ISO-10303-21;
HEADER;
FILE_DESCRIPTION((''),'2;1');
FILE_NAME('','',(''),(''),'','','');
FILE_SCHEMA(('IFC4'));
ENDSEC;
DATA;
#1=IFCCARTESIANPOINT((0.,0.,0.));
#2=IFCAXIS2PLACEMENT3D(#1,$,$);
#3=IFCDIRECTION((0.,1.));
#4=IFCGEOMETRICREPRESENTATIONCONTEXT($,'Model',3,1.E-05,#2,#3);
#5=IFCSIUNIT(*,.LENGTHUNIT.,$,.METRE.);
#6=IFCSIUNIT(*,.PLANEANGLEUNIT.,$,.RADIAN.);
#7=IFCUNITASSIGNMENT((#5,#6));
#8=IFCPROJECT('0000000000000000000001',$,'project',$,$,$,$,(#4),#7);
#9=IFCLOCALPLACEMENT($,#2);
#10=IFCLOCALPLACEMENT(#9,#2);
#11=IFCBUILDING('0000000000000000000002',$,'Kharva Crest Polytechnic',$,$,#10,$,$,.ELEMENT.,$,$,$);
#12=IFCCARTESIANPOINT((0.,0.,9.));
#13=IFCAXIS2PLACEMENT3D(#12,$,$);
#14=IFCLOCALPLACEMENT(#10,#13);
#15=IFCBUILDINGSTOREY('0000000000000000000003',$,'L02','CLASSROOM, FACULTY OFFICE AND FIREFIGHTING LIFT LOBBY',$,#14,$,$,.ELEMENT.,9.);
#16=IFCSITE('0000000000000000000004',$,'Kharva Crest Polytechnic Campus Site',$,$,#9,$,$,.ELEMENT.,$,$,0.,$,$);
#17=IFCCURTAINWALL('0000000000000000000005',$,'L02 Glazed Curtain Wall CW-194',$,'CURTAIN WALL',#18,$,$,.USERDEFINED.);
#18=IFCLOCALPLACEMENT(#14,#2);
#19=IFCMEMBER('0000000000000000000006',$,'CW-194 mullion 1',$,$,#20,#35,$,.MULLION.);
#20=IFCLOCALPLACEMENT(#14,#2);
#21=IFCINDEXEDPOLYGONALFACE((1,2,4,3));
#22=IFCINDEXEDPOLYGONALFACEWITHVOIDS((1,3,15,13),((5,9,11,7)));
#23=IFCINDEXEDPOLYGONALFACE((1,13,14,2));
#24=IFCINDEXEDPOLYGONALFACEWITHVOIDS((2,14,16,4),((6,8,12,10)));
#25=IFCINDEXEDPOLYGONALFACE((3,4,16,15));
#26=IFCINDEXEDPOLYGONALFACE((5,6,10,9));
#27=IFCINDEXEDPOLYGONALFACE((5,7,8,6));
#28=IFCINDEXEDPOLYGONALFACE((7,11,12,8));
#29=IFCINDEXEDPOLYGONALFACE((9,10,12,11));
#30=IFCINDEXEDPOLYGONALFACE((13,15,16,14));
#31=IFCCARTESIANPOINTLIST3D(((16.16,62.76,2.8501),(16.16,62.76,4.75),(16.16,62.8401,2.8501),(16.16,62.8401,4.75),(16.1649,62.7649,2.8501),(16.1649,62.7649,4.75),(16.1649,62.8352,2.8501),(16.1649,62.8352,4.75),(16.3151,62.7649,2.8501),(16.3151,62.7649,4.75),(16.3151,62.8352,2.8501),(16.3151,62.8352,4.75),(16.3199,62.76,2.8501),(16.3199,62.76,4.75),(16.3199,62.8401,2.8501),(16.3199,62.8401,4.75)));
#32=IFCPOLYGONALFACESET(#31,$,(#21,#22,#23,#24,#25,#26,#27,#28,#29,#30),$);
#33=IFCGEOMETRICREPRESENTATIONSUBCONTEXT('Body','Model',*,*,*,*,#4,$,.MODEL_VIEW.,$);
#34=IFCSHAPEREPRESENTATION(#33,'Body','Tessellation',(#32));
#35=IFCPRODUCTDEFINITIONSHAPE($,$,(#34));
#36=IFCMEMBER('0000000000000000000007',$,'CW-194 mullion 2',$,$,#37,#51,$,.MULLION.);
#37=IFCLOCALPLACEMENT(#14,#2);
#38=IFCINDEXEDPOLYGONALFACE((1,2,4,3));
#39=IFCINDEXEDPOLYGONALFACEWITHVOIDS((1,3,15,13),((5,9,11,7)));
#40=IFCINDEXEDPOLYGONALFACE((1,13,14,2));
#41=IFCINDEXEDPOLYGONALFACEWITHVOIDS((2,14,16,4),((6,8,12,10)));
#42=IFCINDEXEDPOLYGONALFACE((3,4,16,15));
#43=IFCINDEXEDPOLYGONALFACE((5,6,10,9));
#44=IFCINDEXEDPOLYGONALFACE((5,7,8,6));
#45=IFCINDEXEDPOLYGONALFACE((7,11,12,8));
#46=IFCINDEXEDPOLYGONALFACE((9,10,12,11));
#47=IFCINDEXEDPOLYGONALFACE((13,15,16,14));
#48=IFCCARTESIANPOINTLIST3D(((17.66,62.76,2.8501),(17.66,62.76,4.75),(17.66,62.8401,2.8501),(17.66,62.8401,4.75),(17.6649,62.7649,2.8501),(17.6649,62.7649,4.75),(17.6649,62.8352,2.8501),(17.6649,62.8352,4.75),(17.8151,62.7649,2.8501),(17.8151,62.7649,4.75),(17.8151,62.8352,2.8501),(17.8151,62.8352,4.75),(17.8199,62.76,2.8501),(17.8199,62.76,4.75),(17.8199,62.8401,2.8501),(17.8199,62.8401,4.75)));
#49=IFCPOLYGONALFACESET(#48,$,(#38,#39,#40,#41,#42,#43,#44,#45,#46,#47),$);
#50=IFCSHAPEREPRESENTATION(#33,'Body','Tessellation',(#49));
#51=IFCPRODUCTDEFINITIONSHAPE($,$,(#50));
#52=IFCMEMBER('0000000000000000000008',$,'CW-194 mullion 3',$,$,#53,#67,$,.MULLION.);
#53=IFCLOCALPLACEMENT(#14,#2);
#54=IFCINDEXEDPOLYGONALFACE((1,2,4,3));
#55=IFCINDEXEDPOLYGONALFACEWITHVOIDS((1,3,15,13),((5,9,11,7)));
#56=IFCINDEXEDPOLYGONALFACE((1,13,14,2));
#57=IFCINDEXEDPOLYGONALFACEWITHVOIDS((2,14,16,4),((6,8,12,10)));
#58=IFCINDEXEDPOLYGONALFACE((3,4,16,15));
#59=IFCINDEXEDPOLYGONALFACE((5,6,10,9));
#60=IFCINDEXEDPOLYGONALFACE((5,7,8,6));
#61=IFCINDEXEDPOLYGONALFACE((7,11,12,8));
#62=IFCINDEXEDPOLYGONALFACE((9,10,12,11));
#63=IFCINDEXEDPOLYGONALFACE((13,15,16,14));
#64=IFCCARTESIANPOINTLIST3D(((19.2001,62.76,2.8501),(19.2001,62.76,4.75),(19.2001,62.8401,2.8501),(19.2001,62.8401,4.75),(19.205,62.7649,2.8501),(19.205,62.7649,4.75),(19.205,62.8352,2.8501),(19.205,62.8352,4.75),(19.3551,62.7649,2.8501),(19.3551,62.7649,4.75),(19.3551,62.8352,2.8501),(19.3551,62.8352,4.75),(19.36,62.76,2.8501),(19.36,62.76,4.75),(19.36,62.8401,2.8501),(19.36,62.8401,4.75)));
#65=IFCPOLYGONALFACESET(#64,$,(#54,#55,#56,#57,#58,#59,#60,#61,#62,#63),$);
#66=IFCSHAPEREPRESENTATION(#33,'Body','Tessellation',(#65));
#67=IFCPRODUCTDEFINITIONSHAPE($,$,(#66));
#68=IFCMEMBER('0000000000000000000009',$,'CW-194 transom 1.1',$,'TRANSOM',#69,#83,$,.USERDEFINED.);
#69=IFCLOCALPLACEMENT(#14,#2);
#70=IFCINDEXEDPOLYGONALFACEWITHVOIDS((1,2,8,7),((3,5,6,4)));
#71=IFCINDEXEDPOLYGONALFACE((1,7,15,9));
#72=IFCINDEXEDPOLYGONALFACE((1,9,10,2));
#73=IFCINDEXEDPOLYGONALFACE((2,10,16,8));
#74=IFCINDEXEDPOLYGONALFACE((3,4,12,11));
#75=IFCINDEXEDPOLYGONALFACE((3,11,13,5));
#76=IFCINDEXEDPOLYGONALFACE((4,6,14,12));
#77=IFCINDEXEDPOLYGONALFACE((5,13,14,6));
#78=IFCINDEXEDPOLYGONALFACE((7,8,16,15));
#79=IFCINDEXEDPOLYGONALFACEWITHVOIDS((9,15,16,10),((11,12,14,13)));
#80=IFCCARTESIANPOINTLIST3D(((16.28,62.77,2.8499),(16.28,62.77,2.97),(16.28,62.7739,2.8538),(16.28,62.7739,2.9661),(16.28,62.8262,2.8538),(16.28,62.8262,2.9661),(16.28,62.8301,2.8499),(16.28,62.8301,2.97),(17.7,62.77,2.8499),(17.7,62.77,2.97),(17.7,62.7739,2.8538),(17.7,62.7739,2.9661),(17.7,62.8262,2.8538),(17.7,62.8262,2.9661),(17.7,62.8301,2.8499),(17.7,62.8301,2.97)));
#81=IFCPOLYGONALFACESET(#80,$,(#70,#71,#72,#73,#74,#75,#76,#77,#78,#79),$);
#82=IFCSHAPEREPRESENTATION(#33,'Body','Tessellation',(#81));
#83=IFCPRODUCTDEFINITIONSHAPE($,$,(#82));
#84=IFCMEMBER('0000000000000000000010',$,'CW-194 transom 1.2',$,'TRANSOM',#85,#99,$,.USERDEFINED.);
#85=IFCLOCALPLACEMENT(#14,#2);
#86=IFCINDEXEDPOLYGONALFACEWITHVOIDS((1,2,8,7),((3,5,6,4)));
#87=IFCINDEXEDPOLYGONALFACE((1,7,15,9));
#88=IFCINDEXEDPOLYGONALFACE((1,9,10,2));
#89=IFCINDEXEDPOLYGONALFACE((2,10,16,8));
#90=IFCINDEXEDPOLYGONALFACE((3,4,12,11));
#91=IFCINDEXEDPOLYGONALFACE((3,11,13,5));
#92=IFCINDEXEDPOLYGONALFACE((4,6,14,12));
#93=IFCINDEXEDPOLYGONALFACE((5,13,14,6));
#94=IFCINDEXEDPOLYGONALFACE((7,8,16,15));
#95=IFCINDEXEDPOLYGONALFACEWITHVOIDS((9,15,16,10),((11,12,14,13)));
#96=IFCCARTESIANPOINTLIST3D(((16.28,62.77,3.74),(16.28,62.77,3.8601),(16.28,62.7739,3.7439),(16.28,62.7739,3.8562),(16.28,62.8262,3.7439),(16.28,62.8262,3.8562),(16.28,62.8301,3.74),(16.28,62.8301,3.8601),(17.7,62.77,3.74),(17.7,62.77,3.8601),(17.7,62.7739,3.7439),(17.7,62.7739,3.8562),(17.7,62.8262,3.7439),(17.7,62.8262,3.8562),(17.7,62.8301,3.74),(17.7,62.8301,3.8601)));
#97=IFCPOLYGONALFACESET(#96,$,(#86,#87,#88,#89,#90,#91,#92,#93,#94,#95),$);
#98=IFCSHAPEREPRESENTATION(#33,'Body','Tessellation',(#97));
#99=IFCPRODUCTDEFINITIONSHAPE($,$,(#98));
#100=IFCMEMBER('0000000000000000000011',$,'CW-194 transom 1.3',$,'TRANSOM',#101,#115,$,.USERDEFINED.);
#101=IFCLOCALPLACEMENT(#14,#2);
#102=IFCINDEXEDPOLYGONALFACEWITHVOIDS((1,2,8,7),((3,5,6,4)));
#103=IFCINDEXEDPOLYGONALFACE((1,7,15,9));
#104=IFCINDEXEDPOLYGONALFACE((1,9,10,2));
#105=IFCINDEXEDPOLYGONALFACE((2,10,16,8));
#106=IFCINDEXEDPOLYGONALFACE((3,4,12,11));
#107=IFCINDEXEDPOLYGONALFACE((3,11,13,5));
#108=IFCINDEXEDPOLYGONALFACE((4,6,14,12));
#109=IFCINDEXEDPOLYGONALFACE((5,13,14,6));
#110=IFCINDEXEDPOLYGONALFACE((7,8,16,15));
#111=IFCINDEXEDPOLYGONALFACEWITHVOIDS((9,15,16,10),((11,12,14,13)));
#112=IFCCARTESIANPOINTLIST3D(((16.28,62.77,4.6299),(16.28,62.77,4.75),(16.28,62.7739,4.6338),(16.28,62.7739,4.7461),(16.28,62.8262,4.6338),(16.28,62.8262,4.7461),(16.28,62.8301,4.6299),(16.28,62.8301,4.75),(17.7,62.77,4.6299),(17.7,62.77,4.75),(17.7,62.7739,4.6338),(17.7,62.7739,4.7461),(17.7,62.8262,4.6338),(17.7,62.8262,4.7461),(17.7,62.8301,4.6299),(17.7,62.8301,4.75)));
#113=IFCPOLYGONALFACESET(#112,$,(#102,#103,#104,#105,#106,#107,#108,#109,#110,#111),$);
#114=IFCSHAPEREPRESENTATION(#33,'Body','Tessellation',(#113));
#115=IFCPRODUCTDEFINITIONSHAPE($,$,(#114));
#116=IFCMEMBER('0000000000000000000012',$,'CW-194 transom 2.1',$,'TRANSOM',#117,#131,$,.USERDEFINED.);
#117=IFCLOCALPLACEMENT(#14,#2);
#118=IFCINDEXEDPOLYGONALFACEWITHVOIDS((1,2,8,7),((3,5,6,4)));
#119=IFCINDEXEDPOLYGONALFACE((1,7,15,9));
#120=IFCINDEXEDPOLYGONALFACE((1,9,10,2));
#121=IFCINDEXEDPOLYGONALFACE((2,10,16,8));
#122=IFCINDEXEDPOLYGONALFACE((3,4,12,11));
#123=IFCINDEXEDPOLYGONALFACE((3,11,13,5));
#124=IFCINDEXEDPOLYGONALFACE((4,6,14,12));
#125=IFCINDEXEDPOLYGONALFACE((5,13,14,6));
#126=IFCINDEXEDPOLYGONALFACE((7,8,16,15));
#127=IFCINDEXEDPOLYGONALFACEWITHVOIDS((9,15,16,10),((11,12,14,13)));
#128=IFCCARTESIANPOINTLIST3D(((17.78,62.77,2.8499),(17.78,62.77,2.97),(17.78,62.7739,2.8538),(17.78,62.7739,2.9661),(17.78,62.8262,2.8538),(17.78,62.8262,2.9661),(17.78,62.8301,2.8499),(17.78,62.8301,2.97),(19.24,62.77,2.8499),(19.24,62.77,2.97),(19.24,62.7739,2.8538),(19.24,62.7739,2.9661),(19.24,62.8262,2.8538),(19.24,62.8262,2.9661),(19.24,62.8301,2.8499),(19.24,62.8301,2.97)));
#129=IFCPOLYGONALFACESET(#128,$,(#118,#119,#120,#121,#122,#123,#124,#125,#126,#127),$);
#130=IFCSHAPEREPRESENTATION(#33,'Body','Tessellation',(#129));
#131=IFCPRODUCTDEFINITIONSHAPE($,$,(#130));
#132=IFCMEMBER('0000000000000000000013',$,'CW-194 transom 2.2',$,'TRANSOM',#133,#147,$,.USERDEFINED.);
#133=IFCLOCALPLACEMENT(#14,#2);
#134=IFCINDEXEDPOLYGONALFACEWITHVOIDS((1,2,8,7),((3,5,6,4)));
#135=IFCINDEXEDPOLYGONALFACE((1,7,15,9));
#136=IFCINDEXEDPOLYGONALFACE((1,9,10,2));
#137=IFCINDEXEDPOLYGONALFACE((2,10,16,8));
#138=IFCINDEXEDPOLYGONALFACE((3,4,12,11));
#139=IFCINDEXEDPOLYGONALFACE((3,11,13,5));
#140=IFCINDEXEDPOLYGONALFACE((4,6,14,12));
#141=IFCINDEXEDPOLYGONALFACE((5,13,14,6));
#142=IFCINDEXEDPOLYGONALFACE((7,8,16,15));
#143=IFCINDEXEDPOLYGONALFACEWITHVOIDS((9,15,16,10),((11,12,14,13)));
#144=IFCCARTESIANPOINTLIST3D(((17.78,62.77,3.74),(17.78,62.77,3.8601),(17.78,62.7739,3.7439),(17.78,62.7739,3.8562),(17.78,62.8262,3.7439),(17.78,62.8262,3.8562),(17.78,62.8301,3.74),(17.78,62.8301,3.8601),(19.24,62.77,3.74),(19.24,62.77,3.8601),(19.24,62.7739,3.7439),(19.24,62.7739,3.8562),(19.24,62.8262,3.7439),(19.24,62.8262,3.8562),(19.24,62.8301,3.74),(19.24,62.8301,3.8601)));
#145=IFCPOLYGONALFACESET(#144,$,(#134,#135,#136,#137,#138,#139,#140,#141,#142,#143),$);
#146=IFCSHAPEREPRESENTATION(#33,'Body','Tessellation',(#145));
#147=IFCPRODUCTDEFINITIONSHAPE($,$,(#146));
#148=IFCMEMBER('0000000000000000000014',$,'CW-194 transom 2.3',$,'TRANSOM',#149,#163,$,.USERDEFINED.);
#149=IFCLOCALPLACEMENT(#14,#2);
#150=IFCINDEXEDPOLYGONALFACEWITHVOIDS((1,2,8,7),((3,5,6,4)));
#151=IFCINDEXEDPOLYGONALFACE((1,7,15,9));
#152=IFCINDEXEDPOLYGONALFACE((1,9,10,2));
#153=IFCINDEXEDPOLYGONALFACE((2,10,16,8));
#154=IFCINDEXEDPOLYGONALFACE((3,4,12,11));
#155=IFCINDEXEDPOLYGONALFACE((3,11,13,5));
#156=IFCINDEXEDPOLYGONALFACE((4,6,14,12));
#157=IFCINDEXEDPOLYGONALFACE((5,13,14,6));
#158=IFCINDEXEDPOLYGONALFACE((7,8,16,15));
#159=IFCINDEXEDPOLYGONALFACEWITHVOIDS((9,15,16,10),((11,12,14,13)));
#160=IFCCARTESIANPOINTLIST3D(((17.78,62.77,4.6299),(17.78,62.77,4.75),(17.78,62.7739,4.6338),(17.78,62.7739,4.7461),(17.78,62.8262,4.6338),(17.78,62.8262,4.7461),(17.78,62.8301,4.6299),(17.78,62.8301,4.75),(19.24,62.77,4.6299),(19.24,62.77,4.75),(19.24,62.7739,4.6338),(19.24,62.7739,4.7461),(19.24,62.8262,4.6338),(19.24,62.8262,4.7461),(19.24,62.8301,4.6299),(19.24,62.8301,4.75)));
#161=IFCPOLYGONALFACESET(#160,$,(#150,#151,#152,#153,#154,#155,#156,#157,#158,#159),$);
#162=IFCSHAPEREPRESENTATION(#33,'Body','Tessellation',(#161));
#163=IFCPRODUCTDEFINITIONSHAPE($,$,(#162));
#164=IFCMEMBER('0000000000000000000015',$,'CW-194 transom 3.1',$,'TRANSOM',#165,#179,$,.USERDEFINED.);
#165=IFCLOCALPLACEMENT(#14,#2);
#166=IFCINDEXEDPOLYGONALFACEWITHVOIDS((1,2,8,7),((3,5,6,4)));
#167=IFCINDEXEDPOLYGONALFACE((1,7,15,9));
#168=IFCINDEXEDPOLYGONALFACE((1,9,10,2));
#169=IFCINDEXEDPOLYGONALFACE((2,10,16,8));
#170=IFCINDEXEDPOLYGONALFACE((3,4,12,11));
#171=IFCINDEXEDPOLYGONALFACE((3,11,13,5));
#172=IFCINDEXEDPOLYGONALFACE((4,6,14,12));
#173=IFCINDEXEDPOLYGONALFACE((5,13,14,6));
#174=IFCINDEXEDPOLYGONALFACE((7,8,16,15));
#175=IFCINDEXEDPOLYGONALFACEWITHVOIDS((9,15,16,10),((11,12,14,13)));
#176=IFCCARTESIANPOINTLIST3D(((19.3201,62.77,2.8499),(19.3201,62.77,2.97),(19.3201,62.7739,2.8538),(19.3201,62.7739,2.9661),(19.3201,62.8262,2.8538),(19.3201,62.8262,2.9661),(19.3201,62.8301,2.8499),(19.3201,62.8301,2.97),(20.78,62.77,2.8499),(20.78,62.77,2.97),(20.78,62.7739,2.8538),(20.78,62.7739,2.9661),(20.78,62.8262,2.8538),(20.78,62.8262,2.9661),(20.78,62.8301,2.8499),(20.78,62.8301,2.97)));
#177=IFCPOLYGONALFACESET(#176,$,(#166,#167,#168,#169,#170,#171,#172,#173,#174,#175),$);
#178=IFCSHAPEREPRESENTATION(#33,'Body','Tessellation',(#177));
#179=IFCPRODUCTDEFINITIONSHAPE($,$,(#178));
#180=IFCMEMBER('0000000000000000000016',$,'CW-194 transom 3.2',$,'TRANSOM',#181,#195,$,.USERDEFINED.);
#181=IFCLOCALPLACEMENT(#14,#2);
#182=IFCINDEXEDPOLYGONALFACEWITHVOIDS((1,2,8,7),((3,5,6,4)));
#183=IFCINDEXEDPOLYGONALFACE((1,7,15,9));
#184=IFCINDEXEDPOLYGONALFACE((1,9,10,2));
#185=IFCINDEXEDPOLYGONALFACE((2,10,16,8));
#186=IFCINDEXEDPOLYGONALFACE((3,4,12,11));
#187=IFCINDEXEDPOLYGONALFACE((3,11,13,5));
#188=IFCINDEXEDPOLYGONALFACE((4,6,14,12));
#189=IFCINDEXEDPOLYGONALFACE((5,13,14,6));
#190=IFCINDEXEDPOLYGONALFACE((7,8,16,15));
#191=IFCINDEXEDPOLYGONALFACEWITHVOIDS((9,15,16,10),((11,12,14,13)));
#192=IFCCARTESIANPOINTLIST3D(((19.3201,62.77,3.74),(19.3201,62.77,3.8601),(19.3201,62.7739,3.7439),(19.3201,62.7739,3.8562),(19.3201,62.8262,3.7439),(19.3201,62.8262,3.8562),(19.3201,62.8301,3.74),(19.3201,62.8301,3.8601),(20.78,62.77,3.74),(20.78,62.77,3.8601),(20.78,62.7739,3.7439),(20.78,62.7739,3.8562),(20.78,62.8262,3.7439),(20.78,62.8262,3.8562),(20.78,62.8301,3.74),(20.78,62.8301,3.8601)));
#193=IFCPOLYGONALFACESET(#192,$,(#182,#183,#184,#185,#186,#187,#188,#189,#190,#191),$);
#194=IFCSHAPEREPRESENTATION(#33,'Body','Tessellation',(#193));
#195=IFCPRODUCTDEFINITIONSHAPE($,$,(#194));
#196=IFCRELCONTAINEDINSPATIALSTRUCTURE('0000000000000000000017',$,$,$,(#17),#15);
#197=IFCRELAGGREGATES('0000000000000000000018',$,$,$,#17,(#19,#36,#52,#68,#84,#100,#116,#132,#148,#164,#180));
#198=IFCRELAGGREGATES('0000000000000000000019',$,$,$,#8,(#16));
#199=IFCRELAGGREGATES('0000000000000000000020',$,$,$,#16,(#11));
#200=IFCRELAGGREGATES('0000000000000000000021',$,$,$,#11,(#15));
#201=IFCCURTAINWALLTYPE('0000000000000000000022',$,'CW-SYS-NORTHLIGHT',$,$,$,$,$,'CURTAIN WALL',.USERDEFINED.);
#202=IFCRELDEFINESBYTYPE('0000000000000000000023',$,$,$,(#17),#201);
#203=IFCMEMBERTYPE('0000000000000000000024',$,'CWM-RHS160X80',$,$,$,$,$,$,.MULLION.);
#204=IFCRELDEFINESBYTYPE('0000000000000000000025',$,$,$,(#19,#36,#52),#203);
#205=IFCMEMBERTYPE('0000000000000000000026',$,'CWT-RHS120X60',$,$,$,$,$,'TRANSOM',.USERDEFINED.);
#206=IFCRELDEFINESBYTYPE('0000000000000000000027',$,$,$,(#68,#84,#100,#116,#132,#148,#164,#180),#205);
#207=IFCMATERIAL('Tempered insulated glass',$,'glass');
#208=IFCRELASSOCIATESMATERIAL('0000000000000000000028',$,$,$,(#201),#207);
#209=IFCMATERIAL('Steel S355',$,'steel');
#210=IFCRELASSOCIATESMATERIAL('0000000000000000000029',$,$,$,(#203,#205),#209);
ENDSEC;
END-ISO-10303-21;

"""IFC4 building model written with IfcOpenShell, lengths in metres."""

from ifc_helpers import new_model, si_unit, direction, frame, origin, origin_2d, place, context, subcontext, project, spatial, hollow_rectangle, extrude, material, material_profile, profile_set, type_object, element, aggregate, save


model = new_model("IFC4")

# Units and contexts
model_context = context("Model", 3, precision=1e-05, world=origin(), true_north=direction((0.0, 1.0)))
body_context = subcontext(model_context, "Body", "Model", "MODEL_VIEW")
ifc_project = project(units=[si_unit("LENGTHUNIT", "METRE"), si_unit("PLANEANGLEUNIT", "RADIAN")], contexts=[model_context])

# Site, building, storey
site_placement = place(None, origin())
site = spatial("IfcSite", under=ifc_project, at=site_placement, Name="Kharva Crest Polytechnic Campus Site", CompositionType="ELEMENT", RefElevation=0.0)
building_placement = place(site_placement, origin())
building = spatial("IfcBuilding", under=site, at=building_placement, Name="Kharva Crest Polytechnic", CompositionType="ELEMENT")
storey_placement = place(building_placement, frame((0.0, 0.0, 9.0)))
storey = spatial("IfcBuildingStorey", under=building, at=storey_placement, Name="L02", Description="CLASSROOM, FACULTY OFFICE AND FIREFIGHTING LIFT LOBBY", CompositionType="ELEMENT", Elevation=9.0)

# Curtain wall, members
ifc_material_1 = material(Name="Tempered insulated glass", Category="glass")
curtain_wall_type = type_object("IfcCurtainWallType", Name="CW-SYS-NORTHLIGHT", ElementType="CURTAIN WALL", PredefinedType="USERDEFINED", material=ifc_material_1)
curtain_wall_placement = place(storey_placement, origin())
curtain_wall = element("IfcCurtainWall", 1, at=curtain_wall_placement, inside=storey, type_object=curtain_wall_type, Name="L02 Glazed Curtain Wall CW-194", ObjectType="CURTAIN WALL", PredefinedType="USERDEFINED")
ifc_material_2 = material(Name="Steel S355", Category="steel")
ifc_material_profile_1 = material_profile(ifc_material_2, hollow_rectangle(XDim=0.0801, YDim=0.1599, WallThickness=0.0049, at=origin_2d()), Name="RHS 160X80X5.0")
ifc_profile_set_1 = profile_set([ifc_material_profile_1], Name="Steel S355")
member_type_1 = type_object("IfcMemberType", Name="CWM-RHS160X80", PredefinedType="MULLION", material=ifc_profile_set_1)
member_1_placement = place(storey_placement, frame((16.24, 62.8, 2.8501), z_axis=(0.0, 0.0, 1.0), x_axis=(0.0, 1.0, 0.0)))
member_1 = element("IfcMember", 2, at=member_1_placement, type_object=member_type_1, Name="CW-194 mullion 1", PredefinedType="MULLION", context=body_context, shape_type="SweptSolid", body=[
    extrude(hollow_rectangle(XDim=0.0801, YDim=0.1599, WallThickness=0.0049, at=origin_2d()), origin(), (0.0, 0.0, 1.0), 1.8999),
])
member_2_placement = place(storey_placement, frame((17.74, 62.8, 2.8501), z_axis=(0.0, 0.0, 1.0), x_axis=(0.0, 1.0, 0.0)))
member_2 = element("IfcMember", 3, at=member_2_placement, type_object=member_type_1, Name="CW-194 mullion 2", PredefinedType="MULLION", context=body_context, shape_type="SweptSolid", body=[
    extrude(hollow_rectangle(XDim=0.0801, YDim=0.1599, WallThickness=0.0049, at=origin_2d()), origin(), (0.0, 0.0, 1.0), 1.8999),
])
member_3_placement = place(storey_placement, frame((19.28, 62.8, 2.8501), z_axis=(0.0, 0.0, 1.0), x_axis=(0.0, 1.0, 0.0)))
member_3 = element("IfcMember", 4, at=member_3_placement, type_object=member_type_1, Name="CW-194 mullion 3", PredefinedType="MULLION", context=body_context, shape_type="SweptSolid", body=[
    extrude(hollow_rectangle(XDim=0.0801, YDim=0.1599, WallThickness=0.0049, at=origin_2d()), origin(), (0.0, 0.0, 1.0), 1.8999),
])
ifc_material_profile_2 = material_profile(ifc_material_2, hollow_rectangle(XDim=0.0601, YDim=0.1201, WallThickness=0.0039, at=origin_2d()), Name="RHS 120X60X4.0")
ifc_profile_set_2 = profile_set([ifc_material_profile_2], Name="Steel S355")
member_type_2 = type_object("IfcMemberType", Name="CWT-RHS120X60", ElementType="TRANSOM", PredefinedType="USERDEFINED", material=ifc_profile_set_2)
member_4_placement = place(storey_placement, frame((16.28, 62.8, 2.9099), z_axis=(1.0, 0.0, 0.0), x_axis=(0.0, 1.0, 0.0)))
member_4 = element("IfcMember", 5, at=member_4_placement, type_object=member_type_2, Name="CW-194 transom 1.1", ObjectType="TRANSOM", PredefinedType="USERDEFINED", context=body_context, shape_type="SweptSolid", body=[
    extrude(hollow_rectangle(XDim=0.0601, YDim=0.1201, WallThickness=0.0039, at=origin_2d()), origin(), (0.0, 0.0, 1.0), 1.4199),
])
member_5_placement = place(storey_placement, frame((16.28, 62.8, 3.8), z_axis=(1.0, 0.0, 0.0), x_axis=(0.0, 1.0, 0.0)))
member_5 = element("IfcMember", 6, at=member_5_placement, type_object=member_type_2, Name="CW-194 transom 1.2", ObjectType="TRANSOM", PredefinedType="USERDEFINED", context=body_context, shape_type="SweptSolid", body=[
    extrude(hollow_rectangle(XDim=0.0601, YDim=0.1201, WallThickness=0.0039, at=origin_2d()), origin(), (0.0, 0.0, 1.0), 1.4199),
])
member_6_placement = place(storey_placement, frame((16.28, 62.8, 4.6899), z_axis=(1.0, 0.0, 0.0), x_axis=(0.0, 1.0, 0.0)))
member_6 = element("IfcMember", 7, at=member_6_placement, type_object=member_type_2, Name="CW-194 transom 1.3", ObjectType="TRANSOM", PredefinedType="USERDEFINED", context=body_context, shape_type="SweptSolid", body=[
    extrude(hollow_rectangle(XDim=0.0601, YDim=0.1201, WallThickness=0.0039, at=origin_2d()), origin(), (0.0, 0.0, 1.0), 1.4199),
])
member_7_placement = place(storey_placement, frame((17.78, 62.8, 2.9099), z_axis=(1.0, 0.0, 0.0), x_axis=(0.0, 1.0, 0.0)))
member_7 = element("IfcMember", 8, at=member_7_placement, type_object=member_type_2, Name="CW-194 transom 2.1", ObjectType="TRANSOM", PredefinedType="USERDEFINED", context=body_context, shape_type="SweptSolid", body=[
    extrude(hollow_rectangle(XDim=0.0601, YDim=0.1201, WallThickness=0.0039, at=origin_2d()), origin(), (0.0, 0.0, 1.0), 1.46),
])
member_8_placement = place(storey_placement, frame((17.78, 62.8, 3.8), z_axis=(1.0, 0.0, 0.0), x_axis=(0.0, 1.0, 0.0)))
member_8 = element("IfcMember", 9, at=member_8_placement, type_object=member_type_2, Name="CW-194 transom 2.2", ObjectType="TRANSOM", PredefinedType="USERDEFINED", context=body_context, shape_type="SweptSolid", body=[
    extrude(hollow_rectangle(XDim=0.0601, YDim=0.1201, WallThickness=0.0039, at=origin_2d()), origin(), (0.0, 0.0, 1.0), 1.46),
])
member_9_placement = place(storey_placement, frame((17.78, 62.8, 4.6899), z_axis=(1.0, 0.0, 0.0), x_axis=(0.0, 1.0, 0.0)))
member_9 = element("IfcMember", 10, at=member_9_placement, type_object=member_type_2, Name="CW-194 transom 2.3", ObjectType="TRANSOM", PredefinedType="USERDEFINED", context=body_context, shape_type="SweptSolid", body=[
    extrude(hollow_rectangle(XDim=0.0601, YDim=0.1201, WallThickness=0.0039, at=origin_2d()), origin(), (0.0, 0.0, 1.0), 1.46),
])
member_10_placement = place(storey_placement, frame((19.3201, 62.8, 2.9099), z_axis=(1.0, 0.0, 0.0), x_axis=(0.0, 1.0, 0.0)))
member_10 = element("IfcMember", 11, at=member_10_placement, type_object=member_type_2, Name="CW-194 transom 3.1", ObjectType="TRANSOM", PredefinedType="USERDEFINED", context=body_context, shape_type="SweptSolid", body=[
    extrude(hollow_rectangle(XDim=0.0601, YDim=0.1201, WallThickness=0.0039, at=origin_2d()), origin(), (0.0, 0.0, 1.0), 1.46),
])
member_11_placement = place(storey_placement, frame((19.3201, 62.8, 3.8), z_axis=(1.0, 0.0, 0.0), x_axis=(0.0, 1.0, 0.0)))
member_11 = element("IfcMember", 12, at=member_11_placement, type_object=member_type_2, Name="CW-194 transom 3.2", ObjectType="TRANSOM", PredefinedType="USERDEFINED", context=body_context, shape_type="SweptSolid", body=[
    extrude(hollow_rectangle(XDim=0.0601, YDim=0.1201, WallThickness=0.0039, at=origin_2d()), origin(), (0.0, 0.0, 1.0), 1.46),
])

aggregate(curtain_wall, [member_1, member_2, member_3, member_4, member_5, member_6, member_7, member_8, member_9, member_10, member_11])

save(model, "model.ifc")
